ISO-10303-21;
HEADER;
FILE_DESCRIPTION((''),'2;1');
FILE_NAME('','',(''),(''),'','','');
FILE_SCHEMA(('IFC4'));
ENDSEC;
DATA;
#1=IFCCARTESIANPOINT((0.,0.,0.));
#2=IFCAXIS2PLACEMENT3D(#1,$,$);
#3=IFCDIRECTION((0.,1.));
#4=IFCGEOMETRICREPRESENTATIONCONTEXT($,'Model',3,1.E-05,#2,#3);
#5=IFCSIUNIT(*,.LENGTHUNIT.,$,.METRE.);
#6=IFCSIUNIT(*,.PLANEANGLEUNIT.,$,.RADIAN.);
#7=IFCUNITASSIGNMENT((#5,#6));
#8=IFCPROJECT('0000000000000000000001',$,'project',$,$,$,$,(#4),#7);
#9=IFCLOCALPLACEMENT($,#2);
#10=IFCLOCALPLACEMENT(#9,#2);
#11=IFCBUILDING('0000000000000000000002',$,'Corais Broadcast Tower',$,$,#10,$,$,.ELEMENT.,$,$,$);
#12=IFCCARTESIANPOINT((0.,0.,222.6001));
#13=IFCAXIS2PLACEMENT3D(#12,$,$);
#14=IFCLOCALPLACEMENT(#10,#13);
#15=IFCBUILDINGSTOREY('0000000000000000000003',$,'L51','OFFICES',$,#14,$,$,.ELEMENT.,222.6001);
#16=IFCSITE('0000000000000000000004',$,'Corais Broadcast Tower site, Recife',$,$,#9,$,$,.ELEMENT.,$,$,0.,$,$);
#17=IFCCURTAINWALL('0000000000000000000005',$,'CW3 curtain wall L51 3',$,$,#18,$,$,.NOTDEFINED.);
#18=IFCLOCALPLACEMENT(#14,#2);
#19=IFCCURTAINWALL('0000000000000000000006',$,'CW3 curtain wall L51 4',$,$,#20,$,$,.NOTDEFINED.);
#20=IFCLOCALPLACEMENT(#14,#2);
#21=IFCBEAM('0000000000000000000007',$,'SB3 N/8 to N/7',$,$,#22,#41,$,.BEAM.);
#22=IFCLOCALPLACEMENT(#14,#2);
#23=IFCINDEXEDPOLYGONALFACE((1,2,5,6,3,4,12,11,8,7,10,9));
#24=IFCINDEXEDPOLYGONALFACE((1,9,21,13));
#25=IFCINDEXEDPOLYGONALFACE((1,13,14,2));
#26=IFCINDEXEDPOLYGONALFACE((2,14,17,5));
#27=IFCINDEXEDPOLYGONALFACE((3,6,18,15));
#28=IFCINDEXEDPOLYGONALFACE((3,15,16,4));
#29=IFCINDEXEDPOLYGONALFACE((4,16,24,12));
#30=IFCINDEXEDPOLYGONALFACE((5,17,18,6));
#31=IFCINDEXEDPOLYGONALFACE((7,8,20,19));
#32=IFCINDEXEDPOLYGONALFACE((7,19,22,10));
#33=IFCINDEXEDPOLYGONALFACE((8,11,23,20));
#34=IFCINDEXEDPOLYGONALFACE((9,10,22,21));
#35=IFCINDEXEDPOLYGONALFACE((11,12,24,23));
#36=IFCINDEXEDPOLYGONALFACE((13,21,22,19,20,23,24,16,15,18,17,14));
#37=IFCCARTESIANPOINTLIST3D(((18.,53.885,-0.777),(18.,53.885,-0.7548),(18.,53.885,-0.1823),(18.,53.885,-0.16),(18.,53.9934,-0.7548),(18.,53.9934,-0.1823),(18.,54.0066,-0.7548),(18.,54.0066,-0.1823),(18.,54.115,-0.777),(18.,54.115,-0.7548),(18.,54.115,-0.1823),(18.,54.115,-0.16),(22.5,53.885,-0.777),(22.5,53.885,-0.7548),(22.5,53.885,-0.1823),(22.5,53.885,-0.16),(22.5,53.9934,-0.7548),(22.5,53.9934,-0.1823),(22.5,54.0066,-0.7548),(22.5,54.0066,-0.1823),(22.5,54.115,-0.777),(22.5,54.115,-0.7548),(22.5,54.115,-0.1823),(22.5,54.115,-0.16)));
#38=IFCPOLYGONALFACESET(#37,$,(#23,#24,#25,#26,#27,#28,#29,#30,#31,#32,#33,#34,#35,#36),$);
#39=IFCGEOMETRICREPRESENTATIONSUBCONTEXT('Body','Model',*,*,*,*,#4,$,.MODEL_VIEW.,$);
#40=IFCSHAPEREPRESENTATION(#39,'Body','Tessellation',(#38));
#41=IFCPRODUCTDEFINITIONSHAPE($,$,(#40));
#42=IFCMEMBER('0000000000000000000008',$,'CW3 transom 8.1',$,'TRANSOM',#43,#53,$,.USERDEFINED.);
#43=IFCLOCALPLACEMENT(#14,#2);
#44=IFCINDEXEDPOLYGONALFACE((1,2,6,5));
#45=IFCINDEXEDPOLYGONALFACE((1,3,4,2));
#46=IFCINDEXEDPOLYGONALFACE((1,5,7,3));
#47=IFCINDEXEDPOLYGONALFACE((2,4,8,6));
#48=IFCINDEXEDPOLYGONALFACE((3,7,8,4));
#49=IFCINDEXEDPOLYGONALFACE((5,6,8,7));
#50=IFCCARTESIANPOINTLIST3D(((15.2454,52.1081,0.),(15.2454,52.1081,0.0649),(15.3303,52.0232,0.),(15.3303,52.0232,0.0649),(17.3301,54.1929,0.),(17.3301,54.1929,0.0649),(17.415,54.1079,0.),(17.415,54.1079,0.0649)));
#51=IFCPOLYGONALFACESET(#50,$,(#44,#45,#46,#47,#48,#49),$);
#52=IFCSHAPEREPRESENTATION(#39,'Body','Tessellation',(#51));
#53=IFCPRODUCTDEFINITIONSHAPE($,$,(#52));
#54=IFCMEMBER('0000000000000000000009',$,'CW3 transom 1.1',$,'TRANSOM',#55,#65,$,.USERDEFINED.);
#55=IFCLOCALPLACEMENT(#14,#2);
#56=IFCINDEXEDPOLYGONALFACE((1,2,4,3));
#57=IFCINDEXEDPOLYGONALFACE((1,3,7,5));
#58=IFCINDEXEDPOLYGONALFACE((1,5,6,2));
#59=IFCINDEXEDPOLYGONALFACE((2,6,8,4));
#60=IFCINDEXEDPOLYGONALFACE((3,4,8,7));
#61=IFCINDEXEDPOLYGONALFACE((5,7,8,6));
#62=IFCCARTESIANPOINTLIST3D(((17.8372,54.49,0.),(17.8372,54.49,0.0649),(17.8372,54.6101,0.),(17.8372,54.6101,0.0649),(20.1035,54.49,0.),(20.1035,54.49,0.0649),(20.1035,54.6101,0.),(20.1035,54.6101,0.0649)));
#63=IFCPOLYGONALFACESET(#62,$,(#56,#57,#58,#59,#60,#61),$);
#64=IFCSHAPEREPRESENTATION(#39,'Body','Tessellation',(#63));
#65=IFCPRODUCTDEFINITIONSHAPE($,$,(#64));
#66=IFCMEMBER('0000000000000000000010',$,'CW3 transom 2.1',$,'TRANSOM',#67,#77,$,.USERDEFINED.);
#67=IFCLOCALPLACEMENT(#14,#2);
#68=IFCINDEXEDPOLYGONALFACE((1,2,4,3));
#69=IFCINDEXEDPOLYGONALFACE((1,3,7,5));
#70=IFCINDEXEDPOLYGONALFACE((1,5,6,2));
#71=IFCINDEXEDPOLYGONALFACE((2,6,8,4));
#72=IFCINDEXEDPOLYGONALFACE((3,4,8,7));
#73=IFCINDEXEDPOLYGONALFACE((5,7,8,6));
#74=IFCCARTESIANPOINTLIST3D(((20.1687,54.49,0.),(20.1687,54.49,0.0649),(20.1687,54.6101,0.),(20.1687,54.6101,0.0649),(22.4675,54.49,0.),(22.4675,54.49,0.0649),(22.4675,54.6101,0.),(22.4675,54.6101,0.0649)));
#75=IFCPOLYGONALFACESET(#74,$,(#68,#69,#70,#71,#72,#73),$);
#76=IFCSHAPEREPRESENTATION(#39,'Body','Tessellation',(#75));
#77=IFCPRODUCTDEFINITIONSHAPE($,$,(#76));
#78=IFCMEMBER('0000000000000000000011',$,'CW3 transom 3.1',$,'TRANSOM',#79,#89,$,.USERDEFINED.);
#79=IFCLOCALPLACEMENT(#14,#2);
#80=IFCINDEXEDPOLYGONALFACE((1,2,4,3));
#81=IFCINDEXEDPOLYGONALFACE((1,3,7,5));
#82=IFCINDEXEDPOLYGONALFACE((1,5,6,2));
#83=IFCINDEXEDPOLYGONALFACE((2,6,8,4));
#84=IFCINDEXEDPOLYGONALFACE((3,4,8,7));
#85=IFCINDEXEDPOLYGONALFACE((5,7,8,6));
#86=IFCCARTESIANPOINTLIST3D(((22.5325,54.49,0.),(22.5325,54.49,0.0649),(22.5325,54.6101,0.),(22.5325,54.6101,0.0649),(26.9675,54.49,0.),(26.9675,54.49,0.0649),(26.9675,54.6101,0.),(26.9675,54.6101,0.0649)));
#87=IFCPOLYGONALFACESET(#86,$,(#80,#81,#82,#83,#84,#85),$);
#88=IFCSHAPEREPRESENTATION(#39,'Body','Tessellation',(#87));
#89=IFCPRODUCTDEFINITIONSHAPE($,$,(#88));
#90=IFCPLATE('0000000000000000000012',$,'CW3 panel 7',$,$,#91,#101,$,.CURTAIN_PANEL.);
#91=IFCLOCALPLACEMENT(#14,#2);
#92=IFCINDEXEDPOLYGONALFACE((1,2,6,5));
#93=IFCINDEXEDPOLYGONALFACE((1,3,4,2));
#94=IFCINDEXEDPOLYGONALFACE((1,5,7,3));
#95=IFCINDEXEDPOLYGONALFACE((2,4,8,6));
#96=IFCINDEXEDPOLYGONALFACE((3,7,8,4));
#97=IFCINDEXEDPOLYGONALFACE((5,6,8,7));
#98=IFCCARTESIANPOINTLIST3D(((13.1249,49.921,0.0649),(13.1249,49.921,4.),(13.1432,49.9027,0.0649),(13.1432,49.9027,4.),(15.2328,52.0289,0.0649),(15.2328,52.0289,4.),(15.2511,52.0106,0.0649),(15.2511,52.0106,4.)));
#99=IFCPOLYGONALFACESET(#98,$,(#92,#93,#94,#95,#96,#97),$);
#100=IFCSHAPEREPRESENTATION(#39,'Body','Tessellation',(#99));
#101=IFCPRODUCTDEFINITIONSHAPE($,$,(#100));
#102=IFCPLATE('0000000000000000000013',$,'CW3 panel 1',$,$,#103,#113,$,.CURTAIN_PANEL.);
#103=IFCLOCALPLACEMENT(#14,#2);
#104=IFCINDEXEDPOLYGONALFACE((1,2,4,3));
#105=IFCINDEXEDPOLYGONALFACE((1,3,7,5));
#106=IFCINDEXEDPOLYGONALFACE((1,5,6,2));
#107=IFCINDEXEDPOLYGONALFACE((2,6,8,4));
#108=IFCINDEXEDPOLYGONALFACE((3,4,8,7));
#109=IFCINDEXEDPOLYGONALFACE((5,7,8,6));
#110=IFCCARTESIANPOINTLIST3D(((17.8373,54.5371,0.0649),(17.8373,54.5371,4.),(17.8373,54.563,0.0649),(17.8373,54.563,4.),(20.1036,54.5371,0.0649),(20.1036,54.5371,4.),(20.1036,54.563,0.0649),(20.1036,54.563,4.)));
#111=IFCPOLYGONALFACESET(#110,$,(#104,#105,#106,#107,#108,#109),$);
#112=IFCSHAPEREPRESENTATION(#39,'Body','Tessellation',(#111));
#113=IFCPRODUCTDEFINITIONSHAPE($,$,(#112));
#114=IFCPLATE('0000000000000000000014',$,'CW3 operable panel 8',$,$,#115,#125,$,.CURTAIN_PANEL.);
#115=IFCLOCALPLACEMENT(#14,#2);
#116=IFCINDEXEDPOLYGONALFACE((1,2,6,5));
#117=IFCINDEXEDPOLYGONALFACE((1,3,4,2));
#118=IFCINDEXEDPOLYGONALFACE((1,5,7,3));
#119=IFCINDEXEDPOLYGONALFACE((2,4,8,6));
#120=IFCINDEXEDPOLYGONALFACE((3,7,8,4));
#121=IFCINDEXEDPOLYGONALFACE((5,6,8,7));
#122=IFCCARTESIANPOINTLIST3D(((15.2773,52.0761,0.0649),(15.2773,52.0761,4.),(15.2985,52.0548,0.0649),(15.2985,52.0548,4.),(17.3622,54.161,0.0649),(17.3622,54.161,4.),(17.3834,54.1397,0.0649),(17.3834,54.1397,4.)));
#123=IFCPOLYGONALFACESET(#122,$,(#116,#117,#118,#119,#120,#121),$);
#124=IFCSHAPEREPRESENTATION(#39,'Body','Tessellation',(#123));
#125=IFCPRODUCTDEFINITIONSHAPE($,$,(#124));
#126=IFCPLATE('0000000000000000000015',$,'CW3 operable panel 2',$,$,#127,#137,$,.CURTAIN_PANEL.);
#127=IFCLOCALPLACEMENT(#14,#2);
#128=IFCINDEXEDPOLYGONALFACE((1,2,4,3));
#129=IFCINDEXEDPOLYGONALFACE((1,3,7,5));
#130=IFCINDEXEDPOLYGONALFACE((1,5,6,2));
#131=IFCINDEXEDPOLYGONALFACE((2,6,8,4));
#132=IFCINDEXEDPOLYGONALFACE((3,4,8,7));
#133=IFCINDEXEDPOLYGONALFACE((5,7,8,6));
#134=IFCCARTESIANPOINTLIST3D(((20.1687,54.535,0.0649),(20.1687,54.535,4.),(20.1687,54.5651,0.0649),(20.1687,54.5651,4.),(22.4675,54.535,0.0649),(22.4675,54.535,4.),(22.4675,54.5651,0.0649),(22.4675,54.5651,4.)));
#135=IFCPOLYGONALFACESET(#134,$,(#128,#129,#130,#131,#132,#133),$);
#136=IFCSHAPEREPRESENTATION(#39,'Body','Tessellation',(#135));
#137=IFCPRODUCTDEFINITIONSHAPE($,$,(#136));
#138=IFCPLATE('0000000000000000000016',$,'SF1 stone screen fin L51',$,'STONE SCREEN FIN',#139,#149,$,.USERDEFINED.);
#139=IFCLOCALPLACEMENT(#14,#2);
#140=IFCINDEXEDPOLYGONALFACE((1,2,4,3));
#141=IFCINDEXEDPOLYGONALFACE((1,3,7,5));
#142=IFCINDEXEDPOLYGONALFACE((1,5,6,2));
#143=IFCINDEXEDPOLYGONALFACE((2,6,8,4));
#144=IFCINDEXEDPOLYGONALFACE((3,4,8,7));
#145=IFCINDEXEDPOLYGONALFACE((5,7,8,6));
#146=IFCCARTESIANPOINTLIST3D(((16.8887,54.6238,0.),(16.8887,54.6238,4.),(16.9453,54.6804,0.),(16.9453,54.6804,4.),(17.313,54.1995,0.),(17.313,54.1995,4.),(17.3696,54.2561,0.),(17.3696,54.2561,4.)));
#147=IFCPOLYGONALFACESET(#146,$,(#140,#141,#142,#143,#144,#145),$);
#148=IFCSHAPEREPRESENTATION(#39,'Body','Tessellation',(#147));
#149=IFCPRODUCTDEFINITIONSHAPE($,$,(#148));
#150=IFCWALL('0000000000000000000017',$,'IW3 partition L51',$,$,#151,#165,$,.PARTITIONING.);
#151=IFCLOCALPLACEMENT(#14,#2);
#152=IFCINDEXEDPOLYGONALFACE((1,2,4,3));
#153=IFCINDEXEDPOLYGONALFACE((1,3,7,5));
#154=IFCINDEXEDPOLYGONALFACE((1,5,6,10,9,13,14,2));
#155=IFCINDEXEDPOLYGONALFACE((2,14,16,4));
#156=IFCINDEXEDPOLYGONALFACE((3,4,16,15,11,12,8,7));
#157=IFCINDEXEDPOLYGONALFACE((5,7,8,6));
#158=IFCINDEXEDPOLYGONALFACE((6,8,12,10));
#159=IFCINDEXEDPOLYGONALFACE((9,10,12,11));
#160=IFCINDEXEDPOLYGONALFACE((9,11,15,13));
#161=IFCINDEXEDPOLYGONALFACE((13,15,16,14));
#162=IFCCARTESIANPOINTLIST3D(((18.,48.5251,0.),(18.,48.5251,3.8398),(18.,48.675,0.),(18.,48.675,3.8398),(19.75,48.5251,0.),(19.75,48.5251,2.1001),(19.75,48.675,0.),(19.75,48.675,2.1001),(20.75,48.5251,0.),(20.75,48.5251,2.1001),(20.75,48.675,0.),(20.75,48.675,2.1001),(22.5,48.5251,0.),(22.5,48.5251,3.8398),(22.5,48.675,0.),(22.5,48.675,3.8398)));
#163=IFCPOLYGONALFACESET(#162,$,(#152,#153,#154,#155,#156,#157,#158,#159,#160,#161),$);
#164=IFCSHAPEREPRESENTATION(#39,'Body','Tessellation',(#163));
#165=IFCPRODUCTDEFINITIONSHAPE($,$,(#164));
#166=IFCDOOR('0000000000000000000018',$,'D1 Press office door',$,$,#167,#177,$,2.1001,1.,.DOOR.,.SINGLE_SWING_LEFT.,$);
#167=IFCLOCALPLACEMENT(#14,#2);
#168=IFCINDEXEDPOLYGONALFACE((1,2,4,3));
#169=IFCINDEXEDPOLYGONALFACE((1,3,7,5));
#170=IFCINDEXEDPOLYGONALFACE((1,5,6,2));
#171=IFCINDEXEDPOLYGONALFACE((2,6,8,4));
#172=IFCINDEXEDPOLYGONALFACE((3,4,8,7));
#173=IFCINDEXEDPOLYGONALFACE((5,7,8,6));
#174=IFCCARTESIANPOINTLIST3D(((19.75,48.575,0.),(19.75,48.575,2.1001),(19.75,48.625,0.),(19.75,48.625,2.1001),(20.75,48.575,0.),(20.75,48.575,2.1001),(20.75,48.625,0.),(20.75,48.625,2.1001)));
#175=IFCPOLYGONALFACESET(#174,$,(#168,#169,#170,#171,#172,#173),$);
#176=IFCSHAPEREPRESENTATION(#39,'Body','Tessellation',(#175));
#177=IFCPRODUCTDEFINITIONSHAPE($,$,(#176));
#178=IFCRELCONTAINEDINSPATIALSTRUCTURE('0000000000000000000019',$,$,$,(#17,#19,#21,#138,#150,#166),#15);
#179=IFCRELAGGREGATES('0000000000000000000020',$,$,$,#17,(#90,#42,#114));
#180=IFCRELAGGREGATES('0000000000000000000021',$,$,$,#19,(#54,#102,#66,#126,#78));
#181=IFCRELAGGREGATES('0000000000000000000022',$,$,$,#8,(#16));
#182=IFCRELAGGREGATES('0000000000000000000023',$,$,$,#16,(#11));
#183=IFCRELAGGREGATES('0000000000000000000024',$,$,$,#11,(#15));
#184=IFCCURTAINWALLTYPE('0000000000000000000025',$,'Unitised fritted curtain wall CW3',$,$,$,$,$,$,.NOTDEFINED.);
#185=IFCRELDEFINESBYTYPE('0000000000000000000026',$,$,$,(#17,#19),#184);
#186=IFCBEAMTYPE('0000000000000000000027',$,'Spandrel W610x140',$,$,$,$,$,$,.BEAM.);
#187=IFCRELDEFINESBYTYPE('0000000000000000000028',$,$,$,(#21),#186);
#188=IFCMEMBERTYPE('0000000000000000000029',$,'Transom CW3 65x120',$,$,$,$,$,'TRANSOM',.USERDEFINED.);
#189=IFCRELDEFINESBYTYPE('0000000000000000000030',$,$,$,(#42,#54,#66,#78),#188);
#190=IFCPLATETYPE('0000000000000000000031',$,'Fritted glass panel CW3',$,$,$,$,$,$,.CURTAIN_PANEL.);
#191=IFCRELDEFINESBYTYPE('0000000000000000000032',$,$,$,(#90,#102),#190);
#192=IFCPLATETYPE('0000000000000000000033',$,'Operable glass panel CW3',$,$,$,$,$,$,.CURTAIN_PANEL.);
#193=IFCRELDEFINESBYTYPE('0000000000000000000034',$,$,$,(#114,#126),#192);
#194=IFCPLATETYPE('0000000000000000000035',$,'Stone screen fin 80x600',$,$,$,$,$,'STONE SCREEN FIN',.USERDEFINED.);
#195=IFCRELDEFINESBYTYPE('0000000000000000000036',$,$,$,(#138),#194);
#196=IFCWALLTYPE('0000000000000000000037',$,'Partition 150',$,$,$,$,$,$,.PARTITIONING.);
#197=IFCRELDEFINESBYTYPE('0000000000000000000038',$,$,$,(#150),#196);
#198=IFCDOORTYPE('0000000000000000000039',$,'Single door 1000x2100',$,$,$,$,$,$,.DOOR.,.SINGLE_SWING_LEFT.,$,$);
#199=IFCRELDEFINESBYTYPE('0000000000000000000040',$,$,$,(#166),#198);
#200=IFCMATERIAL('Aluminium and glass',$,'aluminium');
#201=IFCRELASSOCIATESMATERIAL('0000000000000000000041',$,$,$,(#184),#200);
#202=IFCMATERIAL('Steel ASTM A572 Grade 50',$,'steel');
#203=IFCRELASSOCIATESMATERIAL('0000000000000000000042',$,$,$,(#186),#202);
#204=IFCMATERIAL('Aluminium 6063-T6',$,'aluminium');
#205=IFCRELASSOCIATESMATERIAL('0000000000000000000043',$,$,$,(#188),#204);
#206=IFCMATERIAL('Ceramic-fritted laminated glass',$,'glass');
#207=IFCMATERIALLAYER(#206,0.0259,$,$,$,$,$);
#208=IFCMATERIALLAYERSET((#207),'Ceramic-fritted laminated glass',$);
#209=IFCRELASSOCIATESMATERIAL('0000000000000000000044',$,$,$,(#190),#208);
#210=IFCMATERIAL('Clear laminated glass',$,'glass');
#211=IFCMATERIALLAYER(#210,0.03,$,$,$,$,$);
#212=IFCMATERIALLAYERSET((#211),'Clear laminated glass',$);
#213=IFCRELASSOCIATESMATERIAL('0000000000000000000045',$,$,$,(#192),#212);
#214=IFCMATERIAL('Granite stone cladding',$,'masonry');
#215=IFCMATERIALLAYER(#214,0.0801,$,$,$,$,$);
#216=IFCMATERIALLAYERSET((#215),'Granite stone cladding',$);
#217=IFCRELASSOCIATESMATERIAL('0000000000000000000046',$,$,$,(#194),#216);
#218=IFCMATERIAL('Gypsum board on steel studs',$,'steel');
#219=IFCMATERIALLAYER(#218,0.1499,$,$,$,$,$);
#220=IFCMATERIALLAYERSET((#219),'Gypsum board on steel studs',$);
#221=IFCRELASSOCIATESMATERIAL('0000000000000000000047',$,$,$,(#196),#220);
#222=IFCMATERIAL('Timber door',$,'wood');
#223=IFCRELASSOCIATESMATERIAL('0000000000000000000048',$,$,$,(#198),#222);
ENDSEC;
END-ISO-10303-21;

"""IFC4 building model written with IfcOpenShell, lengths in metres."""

from ifc_helpers import new_model, si_unit, direction, frame, frame_2d, origin, origin_2d, place, context, subcontext, project, spatial, rectangle, i_section, extrude, material, layer, layer_set, material_profile, profile_set, type_object, element, fill, aggregate, save


model = new_model("IFC4")

# Units and contexts
model_context = context("Model", 3, precision=1e-05, world=origin(), true_north=direction((0.0, 1.0)))
body_context = subcontext(model_context, "Body", "Model", "MODEL_VIEW")
ifc_project = project(units=[si_unit("LENGTHUNIT", "METRE"), si_unit("PLANEANGLEUNIT", "RADIAN")], contexts=[model_context])

# Site, building, storey
site_placement = place(None, origin())
site = spatial("IfcSite", under=ifc_project, at=site_placement, Name="Corais Broadcast Tower site, Recife", CompositionType="ELEMENT", RefElevation=0.0)
building_placement = place(site_placement, origin())
building = spatial("IfcBuilding", under=site, at=building_placement, Name="Corais Broadcast Tower", CompositionType="ELEMENT")
storey_placement = place(building_placement, frame((0.0, 0.0, 222.6001)))
storey = spatial("IfcBuildingStorey", under=building, at=storey_placement, Name="L51", Description="OFFICES", CompositionType="ELEMENT", Elevation=222.6001)

# Curtain walls
ifc_material_1 = material(Name="Aluminium and glass", Category="aluminium")
curtain_wall_type = type_object("IfcCurtainWallType", Name="Unitised fritted curtain wall CW3", PredefinedType="NOTDEFINED", material=ifc_material_1)
curtain_wall_1_placement = place(storey_placement, origin())
curtain_wall_1 = element("IfcCurtainWall", 1, at=curtain_wall_1_placement, inside=storey, type_object=curtain_wall_type, Name="CW3 curtain wall L51 3", PredefinedType="NOTDEFINED")
curtain_wall_2_placement = place(storey_placement, origin())
curtain_wall_2 = element("IfcCurtainWall", 2, at=curtain_wall_2_placement, inside=storey, type_object=curtain_wall_type, Name="CW3 curtain wall L51 4", PredefinedType="NOTDEFINED")

# Beam
ifc_material_2 = material(Name="Steel ASTM A572 Grade 50", Category="steel")
ifc_material_profile_1 = material_profile(ifc_material_2, i_section(OverallWidth=0.23, OverallDepth=0.6169, WebThickness=0.0132, FlangeThickness=0.0222, at=origin_2d()), Name="W610x140")
ifc_profile_set_1 = profile_set([ifc_material_profile_1], Name="Steel ASTM A572 Grade 50")
beam_type_1 = type_object("IfcBeamType", Name="Spandrel W610x140", PredefinedType="BEAM", material=ifc_profile_set_1)
beam_placement = place(storey_placement, frame((22.5, 54.0, -0.4685), z_axis=(-1.0, 0.0, 0.0), x_axis=(0.0, -1.0, 0.0)))
element("IfcBeam", 3, at=beam_placement, inside=storey, type_object=beam_type_1, Name="SB3 N/8 to N/7", PredefinedType="BEAM", context=body_context, shape_type="SweptSolid", body=[
    extrude(i_section(OverallWidth=0.23, OverallDepth=0.6169, WebThickness=0.0132, FlangeThickness=0.0222, at=origin_2d()), origin(), (0.0, 0.0, 1.0), 4.5),
])

# Members
ifc_material_3 = material(Name="Aluminium 6063-T6", Category="aluminium")
ifc_material_profile_2 = material_profile(ifc_material_3, rectangle(XDim=0.1201, YDim=0.0649, at=origin_2d()), Name="Transom CW3 65x120")
ifc_profile_set_2 = profile_set([ifc_material_profile_2], Name="Aluminium 6063-T6")
member_type_1 = type_object("IfcMemberType", Name="Transom CW3 65x120", ElementType="TRANSOM", PredefinedType="USERDEFINED", material=ifc_profile_set_2)
member_1_placement = place(storey_placement, frame((15.2878, 52.0657, 0.0325), z_axis=(0.707107, 0.707107, 0.0), x_axis=(-0.707107, 0.707107, 0.0)))
member_1 = element("IfcMember", 4, at=member_1_placement, type_object=member_type_1, Name="CW3 transom 8.1", ObjectType="TRANSOM", PredefinedType="USERDEFINED", context=body_context, shape_type="SweptSolid", body=[
    extrude(rectangle(XDim=0.1201, YDim=0.0649, at=origin_2d()), origin(), (0.0, 0.0, 1.0), 2.9482),
])
member_2_placement = place(storey_placement, frame((17.8372, 54.55, 0.0325), z_axis=(1.0, 0.0, 0.0), x_axis=(0.0, 1.0, 0.0)))
member_2 = element("IfcMember", 5, at=member_2_placement, type_object=member_type_1, Name="CW3 transom 1.1", ObjectType="TRANSOM", PredefinedType="USERDEFINED", context=body_context, shape_type="SweptSolid", body=[
    extrude(rectangle(XDim=0.1201, YDim=0.0649, at=origin_2d()), origin(), (0.0, 0.0, 1.0), 2.2664),
])
member_3_placement = place(storey_placement, frame((20.1687, 54.55, 0.0325), z_axis=(1.0, 0.0, 0.0), x_axis=(0.0, 1.0, 0.0)))
member_3 = element("IfcMember", 6, at=member_3_placement, type_object=member_type_1, Name="CW3 transom 2.1", ObjectType="TRANSOM", PredefinedType="USERDEFINED", context=body_context, shape_type="SweptSolid", body=[
    extrude(rectangle(XDim=0.1201, YDim=0.0649, at=origin_2d()), origin(), (0.0, 0.0, 1.0), 2.2988),
])
member_4_placement = place(storey_placement, frame((22.5325, 54.55, 0.0325), z_axis=(1.0, 0.0, 0.0), x_axis=(0.0, 1.0, 0.0)))
member_4 = element("IfcMember", 7, at=member_4_placement, type_object=member_type_1, Name="CW3 transom 3.1", ObjectType="TRANSOM", PredefinedType="USERDEFINED", context=body_context, shape_type="SweptSolid", body=[
    extrude(rectangle(XDim=0.1201, YDim=0.0649, at=origin_2d()), origin(), (0.0, 0.0, 1.0), 4.4351),
])

# Plates
ifc_material_4 = material(Name="Ceramic-fritted laminated glass", Category="glass")
ifc_layer_1 = layer(ifc_material_4, 0.0259)
ifc_layer_set_1 = layer_set([ifc_layer_1], Name="Ceramic-fritted laminated glass")
plate_type_1 = type_object("IfcPlateType", Name="Fritted glass panel CW3", PredefinedType="CURTAIN_PANEL", material=ifc_layer_set_1)
plate_1_placement = place(storey_placement, frame((14.188, 50.9658, 0.0649), z_axis=(0.0, 0.0, 1.0), x_axis=(0.707107, 0.707107, 0.0)))
plate_1 = element("IfcPlate", 8, at=plate_1_placement, type_object=plate_type_1, Name="CW3 panel 7", PredefinedType="CURTAIN_PANEL", context=body_context, shape_type="SweptSolid", body=[
    extrude(rectangle(XDim=2.981, YDim=0.0259, at=origin_2d()), origin(), (0.0, 0.0, 1.0), 3.9351),
])
plate_2_placement = place(storey_placement, frame((18.9705, 54.55, 0.0649), z_axis=(0.0, 0.0, 1.0), x_axis=(1.0, 0.0, 0.0)))
plate_2 = element("IfcPlate", 9, at=plate_2_placement, type_object=plate_type_1, Name="CW3 panel 1", PredefinedType="CURTAIN_PANEL", context=body_context, shape_type="SweptSolid", body=[
    extrude(rectangle(XDim=2.2664, YDim=0.0259, at=origin_2d()), origin(), (0.0, 0.0, 1.0), 3.9351),
])
ifc_material_5 = material(Name="Clear laminated glass", Category="glass")
ifc_layer_2 = layer(ifc_material_5, 0.03)
ifc_layer_set_2 = layer_set([ifc_layer_2], Name="Clear laminated glass")
plate_type_2 = type_object("IfcPlateType", Name="Operable glass panel CW3", PredefinedType="CURTAIN_PANEL", material=ifc_layer_set_2)
plate_3_placement = place(storey_placement, frame((16.3303, 53.1079, 0.0649), z_axis=(0.0, 0.0, 1.0), x_axis=(0.707107, 0.707107, 0.0)))
plate_3 = element("IfcPlate", 10, at=plate_3_placement, type_object=plate_type_2, Name="CW3 operable panel 8", PredefinedType="CURTAIN_PANEL", context=body_context, shape_type="SweptSolid", body=[
    extrude(rectangle(XDim=2.9485, YDim=0.03, at=origin_2d()), origin(), (0.0, 0.0, 1.0), 3.9351),
])
aggregate(curtain_wall_1, [plate_1, member_1, plate_3])
plate_4_placement = place(storey_placement, frame((21.3181, 54.55, 0.0649), z_axis=(0.0, 0.0, 1.0), x_axis=(1.0, 0.0, 0.0)))
plate_4 = element("IfcPlate", 11, at=plate_4_placement, type_object=plate_type_2, Name="CW3 operable panel 2", PredefinedType="CURTAIN_PANEL", context=body_context, shape_type="SweptSolid", body=[
    extrude(rectangle(XDim=2.2988, YDim=0.03, at=origin_2d()), origin(), (0.0, 0.0, 1.0), 3.9351),
])
aggregate(curtain_wall_2, [member_2, plate_2, member_3, plate_4, member_4])
ifc_material_6 = material(Name="Granite stone cladding", Category="masonry")
ifc_layer_3 = layer(ifc_material_6, 0.0801)
ifc_layer_set_3 = layer_set([ifc_layer_3], Name="Granite stone cladding")
plate_type_3 = type_object("IfcPlateType", Name="Stone screen fin 80x600", ElementType="STONE SCREEN FIN", PredefinedType="USERDEFINED", material=ifc_layer_set_3)
plate_5_placement = place(storey_placement, frame((17.1292, 54.4399, 0.0), z_axis=(0.0, 0.0, 1.0), x_axis=(0.707107, 0.707107, 0.0)))
element("IfcPlate", 12, at=plate_5_placement, inside=storey, type_object=plate_type_3, Name="SF1 stone screen fin L51", ObjectType="STONE SCREEN FIN", PredefinedType="USERDEFINED", context=body_context, shape_type="SweptSolid", body=[
    extrude(rectangle(XDim=0.0801, YDim=0.6001, at=origin_2d()), origin(), (0.0, 0.0, 1.0), 4.0),
])

# Wall, opening, door
ifc_material_7 = material(Name="Gypsum board on steel studs", Category="steel")
ifc_layer_4 = layer(ifc_material_7, 0.1499)
ifc_layer_set_4 = layer_set([ifc_layer_4], Name="Gypsum board on steel studs")
wall_type = type_object("IfcWallType", Name="Partition 150", PredefinedType="PARTITIONING", material=ifc_layer_set_4)
wall_1_placement = place(storey_placement, frame((18.0, 48.6001, 0.0), z_axis=(0.0, 0.0, 1.0), x_axis=(1.0, 0.0, 0.0)))
wall_1 = element("IfcWall", 13, at=wall_1_placement, inside=storey, type_object=wall_type, Name="IW3 partition L51", PredefinedType="PARTITIONING", context=body_context, shape_type="SweptSolid", body=[
    extrude(rectangle(XDim=4.5, YDim=0.1499, at=frame_2d((2.25, 0.0))), origin(), (0.0, 0.0, 1.0), 3.8398),
])
opening_1_placement = place(wall_1_placement, frame((1.75, 0.0, 0.0)))
opening_1 = element("IfcOpeningElement", 14, at=opening_1_placement, cuts=wall_1, PredefinedType="OPENING", context=body_context, shape_type="SweptSolid", body=[
    extrude(rectangle(XDim=1.0, YDim=2.1001, at=frame_2d((0.5, 1.05))), frame((0.0, 0.085, 0.0), z_axis=(0.0, -1.0, 0.0), x_axis=(1.0, 0.0, 0.0)), (0.0, 0.0, 1.0), 0.1699),
])
ifc_material_8 = material(Name="Timber door", Category="wood")
door_type = type_object("IfcDoorType", Name="Single door 1000x2100", OperationType="SINGLE_SWING_LEFT", PredefinedType="DOOR", material=ifc_material_8)
door_1_placement = place(opening_1_placement, origin())
door_1 = element("IfcDoor", 15, at=door_1_placement, inside=storey, type_object=door_type, Name="D1 Press office door", OperationType="SINGLE_SWING_LEFT", OverallHeight=2.1001, OverallWidth=1.0, PredefinedType="DOOR", context=body_context, shape_type="SweptSolid", body=[
    extrude(rectangle(XDim=1.0, YDim=2.1001, at=frame_2d((0.5, 1.05))), frame((0.0, 0.0249, 0.0), z_axis=(0.0, -1.0, 0.0), x_axis=(1.0, 0.0, 0.0)), (0.0, 0.0, 1.0), 0.05),
])
fill(opening_1, door_1)

save(model, "model.ifc")
